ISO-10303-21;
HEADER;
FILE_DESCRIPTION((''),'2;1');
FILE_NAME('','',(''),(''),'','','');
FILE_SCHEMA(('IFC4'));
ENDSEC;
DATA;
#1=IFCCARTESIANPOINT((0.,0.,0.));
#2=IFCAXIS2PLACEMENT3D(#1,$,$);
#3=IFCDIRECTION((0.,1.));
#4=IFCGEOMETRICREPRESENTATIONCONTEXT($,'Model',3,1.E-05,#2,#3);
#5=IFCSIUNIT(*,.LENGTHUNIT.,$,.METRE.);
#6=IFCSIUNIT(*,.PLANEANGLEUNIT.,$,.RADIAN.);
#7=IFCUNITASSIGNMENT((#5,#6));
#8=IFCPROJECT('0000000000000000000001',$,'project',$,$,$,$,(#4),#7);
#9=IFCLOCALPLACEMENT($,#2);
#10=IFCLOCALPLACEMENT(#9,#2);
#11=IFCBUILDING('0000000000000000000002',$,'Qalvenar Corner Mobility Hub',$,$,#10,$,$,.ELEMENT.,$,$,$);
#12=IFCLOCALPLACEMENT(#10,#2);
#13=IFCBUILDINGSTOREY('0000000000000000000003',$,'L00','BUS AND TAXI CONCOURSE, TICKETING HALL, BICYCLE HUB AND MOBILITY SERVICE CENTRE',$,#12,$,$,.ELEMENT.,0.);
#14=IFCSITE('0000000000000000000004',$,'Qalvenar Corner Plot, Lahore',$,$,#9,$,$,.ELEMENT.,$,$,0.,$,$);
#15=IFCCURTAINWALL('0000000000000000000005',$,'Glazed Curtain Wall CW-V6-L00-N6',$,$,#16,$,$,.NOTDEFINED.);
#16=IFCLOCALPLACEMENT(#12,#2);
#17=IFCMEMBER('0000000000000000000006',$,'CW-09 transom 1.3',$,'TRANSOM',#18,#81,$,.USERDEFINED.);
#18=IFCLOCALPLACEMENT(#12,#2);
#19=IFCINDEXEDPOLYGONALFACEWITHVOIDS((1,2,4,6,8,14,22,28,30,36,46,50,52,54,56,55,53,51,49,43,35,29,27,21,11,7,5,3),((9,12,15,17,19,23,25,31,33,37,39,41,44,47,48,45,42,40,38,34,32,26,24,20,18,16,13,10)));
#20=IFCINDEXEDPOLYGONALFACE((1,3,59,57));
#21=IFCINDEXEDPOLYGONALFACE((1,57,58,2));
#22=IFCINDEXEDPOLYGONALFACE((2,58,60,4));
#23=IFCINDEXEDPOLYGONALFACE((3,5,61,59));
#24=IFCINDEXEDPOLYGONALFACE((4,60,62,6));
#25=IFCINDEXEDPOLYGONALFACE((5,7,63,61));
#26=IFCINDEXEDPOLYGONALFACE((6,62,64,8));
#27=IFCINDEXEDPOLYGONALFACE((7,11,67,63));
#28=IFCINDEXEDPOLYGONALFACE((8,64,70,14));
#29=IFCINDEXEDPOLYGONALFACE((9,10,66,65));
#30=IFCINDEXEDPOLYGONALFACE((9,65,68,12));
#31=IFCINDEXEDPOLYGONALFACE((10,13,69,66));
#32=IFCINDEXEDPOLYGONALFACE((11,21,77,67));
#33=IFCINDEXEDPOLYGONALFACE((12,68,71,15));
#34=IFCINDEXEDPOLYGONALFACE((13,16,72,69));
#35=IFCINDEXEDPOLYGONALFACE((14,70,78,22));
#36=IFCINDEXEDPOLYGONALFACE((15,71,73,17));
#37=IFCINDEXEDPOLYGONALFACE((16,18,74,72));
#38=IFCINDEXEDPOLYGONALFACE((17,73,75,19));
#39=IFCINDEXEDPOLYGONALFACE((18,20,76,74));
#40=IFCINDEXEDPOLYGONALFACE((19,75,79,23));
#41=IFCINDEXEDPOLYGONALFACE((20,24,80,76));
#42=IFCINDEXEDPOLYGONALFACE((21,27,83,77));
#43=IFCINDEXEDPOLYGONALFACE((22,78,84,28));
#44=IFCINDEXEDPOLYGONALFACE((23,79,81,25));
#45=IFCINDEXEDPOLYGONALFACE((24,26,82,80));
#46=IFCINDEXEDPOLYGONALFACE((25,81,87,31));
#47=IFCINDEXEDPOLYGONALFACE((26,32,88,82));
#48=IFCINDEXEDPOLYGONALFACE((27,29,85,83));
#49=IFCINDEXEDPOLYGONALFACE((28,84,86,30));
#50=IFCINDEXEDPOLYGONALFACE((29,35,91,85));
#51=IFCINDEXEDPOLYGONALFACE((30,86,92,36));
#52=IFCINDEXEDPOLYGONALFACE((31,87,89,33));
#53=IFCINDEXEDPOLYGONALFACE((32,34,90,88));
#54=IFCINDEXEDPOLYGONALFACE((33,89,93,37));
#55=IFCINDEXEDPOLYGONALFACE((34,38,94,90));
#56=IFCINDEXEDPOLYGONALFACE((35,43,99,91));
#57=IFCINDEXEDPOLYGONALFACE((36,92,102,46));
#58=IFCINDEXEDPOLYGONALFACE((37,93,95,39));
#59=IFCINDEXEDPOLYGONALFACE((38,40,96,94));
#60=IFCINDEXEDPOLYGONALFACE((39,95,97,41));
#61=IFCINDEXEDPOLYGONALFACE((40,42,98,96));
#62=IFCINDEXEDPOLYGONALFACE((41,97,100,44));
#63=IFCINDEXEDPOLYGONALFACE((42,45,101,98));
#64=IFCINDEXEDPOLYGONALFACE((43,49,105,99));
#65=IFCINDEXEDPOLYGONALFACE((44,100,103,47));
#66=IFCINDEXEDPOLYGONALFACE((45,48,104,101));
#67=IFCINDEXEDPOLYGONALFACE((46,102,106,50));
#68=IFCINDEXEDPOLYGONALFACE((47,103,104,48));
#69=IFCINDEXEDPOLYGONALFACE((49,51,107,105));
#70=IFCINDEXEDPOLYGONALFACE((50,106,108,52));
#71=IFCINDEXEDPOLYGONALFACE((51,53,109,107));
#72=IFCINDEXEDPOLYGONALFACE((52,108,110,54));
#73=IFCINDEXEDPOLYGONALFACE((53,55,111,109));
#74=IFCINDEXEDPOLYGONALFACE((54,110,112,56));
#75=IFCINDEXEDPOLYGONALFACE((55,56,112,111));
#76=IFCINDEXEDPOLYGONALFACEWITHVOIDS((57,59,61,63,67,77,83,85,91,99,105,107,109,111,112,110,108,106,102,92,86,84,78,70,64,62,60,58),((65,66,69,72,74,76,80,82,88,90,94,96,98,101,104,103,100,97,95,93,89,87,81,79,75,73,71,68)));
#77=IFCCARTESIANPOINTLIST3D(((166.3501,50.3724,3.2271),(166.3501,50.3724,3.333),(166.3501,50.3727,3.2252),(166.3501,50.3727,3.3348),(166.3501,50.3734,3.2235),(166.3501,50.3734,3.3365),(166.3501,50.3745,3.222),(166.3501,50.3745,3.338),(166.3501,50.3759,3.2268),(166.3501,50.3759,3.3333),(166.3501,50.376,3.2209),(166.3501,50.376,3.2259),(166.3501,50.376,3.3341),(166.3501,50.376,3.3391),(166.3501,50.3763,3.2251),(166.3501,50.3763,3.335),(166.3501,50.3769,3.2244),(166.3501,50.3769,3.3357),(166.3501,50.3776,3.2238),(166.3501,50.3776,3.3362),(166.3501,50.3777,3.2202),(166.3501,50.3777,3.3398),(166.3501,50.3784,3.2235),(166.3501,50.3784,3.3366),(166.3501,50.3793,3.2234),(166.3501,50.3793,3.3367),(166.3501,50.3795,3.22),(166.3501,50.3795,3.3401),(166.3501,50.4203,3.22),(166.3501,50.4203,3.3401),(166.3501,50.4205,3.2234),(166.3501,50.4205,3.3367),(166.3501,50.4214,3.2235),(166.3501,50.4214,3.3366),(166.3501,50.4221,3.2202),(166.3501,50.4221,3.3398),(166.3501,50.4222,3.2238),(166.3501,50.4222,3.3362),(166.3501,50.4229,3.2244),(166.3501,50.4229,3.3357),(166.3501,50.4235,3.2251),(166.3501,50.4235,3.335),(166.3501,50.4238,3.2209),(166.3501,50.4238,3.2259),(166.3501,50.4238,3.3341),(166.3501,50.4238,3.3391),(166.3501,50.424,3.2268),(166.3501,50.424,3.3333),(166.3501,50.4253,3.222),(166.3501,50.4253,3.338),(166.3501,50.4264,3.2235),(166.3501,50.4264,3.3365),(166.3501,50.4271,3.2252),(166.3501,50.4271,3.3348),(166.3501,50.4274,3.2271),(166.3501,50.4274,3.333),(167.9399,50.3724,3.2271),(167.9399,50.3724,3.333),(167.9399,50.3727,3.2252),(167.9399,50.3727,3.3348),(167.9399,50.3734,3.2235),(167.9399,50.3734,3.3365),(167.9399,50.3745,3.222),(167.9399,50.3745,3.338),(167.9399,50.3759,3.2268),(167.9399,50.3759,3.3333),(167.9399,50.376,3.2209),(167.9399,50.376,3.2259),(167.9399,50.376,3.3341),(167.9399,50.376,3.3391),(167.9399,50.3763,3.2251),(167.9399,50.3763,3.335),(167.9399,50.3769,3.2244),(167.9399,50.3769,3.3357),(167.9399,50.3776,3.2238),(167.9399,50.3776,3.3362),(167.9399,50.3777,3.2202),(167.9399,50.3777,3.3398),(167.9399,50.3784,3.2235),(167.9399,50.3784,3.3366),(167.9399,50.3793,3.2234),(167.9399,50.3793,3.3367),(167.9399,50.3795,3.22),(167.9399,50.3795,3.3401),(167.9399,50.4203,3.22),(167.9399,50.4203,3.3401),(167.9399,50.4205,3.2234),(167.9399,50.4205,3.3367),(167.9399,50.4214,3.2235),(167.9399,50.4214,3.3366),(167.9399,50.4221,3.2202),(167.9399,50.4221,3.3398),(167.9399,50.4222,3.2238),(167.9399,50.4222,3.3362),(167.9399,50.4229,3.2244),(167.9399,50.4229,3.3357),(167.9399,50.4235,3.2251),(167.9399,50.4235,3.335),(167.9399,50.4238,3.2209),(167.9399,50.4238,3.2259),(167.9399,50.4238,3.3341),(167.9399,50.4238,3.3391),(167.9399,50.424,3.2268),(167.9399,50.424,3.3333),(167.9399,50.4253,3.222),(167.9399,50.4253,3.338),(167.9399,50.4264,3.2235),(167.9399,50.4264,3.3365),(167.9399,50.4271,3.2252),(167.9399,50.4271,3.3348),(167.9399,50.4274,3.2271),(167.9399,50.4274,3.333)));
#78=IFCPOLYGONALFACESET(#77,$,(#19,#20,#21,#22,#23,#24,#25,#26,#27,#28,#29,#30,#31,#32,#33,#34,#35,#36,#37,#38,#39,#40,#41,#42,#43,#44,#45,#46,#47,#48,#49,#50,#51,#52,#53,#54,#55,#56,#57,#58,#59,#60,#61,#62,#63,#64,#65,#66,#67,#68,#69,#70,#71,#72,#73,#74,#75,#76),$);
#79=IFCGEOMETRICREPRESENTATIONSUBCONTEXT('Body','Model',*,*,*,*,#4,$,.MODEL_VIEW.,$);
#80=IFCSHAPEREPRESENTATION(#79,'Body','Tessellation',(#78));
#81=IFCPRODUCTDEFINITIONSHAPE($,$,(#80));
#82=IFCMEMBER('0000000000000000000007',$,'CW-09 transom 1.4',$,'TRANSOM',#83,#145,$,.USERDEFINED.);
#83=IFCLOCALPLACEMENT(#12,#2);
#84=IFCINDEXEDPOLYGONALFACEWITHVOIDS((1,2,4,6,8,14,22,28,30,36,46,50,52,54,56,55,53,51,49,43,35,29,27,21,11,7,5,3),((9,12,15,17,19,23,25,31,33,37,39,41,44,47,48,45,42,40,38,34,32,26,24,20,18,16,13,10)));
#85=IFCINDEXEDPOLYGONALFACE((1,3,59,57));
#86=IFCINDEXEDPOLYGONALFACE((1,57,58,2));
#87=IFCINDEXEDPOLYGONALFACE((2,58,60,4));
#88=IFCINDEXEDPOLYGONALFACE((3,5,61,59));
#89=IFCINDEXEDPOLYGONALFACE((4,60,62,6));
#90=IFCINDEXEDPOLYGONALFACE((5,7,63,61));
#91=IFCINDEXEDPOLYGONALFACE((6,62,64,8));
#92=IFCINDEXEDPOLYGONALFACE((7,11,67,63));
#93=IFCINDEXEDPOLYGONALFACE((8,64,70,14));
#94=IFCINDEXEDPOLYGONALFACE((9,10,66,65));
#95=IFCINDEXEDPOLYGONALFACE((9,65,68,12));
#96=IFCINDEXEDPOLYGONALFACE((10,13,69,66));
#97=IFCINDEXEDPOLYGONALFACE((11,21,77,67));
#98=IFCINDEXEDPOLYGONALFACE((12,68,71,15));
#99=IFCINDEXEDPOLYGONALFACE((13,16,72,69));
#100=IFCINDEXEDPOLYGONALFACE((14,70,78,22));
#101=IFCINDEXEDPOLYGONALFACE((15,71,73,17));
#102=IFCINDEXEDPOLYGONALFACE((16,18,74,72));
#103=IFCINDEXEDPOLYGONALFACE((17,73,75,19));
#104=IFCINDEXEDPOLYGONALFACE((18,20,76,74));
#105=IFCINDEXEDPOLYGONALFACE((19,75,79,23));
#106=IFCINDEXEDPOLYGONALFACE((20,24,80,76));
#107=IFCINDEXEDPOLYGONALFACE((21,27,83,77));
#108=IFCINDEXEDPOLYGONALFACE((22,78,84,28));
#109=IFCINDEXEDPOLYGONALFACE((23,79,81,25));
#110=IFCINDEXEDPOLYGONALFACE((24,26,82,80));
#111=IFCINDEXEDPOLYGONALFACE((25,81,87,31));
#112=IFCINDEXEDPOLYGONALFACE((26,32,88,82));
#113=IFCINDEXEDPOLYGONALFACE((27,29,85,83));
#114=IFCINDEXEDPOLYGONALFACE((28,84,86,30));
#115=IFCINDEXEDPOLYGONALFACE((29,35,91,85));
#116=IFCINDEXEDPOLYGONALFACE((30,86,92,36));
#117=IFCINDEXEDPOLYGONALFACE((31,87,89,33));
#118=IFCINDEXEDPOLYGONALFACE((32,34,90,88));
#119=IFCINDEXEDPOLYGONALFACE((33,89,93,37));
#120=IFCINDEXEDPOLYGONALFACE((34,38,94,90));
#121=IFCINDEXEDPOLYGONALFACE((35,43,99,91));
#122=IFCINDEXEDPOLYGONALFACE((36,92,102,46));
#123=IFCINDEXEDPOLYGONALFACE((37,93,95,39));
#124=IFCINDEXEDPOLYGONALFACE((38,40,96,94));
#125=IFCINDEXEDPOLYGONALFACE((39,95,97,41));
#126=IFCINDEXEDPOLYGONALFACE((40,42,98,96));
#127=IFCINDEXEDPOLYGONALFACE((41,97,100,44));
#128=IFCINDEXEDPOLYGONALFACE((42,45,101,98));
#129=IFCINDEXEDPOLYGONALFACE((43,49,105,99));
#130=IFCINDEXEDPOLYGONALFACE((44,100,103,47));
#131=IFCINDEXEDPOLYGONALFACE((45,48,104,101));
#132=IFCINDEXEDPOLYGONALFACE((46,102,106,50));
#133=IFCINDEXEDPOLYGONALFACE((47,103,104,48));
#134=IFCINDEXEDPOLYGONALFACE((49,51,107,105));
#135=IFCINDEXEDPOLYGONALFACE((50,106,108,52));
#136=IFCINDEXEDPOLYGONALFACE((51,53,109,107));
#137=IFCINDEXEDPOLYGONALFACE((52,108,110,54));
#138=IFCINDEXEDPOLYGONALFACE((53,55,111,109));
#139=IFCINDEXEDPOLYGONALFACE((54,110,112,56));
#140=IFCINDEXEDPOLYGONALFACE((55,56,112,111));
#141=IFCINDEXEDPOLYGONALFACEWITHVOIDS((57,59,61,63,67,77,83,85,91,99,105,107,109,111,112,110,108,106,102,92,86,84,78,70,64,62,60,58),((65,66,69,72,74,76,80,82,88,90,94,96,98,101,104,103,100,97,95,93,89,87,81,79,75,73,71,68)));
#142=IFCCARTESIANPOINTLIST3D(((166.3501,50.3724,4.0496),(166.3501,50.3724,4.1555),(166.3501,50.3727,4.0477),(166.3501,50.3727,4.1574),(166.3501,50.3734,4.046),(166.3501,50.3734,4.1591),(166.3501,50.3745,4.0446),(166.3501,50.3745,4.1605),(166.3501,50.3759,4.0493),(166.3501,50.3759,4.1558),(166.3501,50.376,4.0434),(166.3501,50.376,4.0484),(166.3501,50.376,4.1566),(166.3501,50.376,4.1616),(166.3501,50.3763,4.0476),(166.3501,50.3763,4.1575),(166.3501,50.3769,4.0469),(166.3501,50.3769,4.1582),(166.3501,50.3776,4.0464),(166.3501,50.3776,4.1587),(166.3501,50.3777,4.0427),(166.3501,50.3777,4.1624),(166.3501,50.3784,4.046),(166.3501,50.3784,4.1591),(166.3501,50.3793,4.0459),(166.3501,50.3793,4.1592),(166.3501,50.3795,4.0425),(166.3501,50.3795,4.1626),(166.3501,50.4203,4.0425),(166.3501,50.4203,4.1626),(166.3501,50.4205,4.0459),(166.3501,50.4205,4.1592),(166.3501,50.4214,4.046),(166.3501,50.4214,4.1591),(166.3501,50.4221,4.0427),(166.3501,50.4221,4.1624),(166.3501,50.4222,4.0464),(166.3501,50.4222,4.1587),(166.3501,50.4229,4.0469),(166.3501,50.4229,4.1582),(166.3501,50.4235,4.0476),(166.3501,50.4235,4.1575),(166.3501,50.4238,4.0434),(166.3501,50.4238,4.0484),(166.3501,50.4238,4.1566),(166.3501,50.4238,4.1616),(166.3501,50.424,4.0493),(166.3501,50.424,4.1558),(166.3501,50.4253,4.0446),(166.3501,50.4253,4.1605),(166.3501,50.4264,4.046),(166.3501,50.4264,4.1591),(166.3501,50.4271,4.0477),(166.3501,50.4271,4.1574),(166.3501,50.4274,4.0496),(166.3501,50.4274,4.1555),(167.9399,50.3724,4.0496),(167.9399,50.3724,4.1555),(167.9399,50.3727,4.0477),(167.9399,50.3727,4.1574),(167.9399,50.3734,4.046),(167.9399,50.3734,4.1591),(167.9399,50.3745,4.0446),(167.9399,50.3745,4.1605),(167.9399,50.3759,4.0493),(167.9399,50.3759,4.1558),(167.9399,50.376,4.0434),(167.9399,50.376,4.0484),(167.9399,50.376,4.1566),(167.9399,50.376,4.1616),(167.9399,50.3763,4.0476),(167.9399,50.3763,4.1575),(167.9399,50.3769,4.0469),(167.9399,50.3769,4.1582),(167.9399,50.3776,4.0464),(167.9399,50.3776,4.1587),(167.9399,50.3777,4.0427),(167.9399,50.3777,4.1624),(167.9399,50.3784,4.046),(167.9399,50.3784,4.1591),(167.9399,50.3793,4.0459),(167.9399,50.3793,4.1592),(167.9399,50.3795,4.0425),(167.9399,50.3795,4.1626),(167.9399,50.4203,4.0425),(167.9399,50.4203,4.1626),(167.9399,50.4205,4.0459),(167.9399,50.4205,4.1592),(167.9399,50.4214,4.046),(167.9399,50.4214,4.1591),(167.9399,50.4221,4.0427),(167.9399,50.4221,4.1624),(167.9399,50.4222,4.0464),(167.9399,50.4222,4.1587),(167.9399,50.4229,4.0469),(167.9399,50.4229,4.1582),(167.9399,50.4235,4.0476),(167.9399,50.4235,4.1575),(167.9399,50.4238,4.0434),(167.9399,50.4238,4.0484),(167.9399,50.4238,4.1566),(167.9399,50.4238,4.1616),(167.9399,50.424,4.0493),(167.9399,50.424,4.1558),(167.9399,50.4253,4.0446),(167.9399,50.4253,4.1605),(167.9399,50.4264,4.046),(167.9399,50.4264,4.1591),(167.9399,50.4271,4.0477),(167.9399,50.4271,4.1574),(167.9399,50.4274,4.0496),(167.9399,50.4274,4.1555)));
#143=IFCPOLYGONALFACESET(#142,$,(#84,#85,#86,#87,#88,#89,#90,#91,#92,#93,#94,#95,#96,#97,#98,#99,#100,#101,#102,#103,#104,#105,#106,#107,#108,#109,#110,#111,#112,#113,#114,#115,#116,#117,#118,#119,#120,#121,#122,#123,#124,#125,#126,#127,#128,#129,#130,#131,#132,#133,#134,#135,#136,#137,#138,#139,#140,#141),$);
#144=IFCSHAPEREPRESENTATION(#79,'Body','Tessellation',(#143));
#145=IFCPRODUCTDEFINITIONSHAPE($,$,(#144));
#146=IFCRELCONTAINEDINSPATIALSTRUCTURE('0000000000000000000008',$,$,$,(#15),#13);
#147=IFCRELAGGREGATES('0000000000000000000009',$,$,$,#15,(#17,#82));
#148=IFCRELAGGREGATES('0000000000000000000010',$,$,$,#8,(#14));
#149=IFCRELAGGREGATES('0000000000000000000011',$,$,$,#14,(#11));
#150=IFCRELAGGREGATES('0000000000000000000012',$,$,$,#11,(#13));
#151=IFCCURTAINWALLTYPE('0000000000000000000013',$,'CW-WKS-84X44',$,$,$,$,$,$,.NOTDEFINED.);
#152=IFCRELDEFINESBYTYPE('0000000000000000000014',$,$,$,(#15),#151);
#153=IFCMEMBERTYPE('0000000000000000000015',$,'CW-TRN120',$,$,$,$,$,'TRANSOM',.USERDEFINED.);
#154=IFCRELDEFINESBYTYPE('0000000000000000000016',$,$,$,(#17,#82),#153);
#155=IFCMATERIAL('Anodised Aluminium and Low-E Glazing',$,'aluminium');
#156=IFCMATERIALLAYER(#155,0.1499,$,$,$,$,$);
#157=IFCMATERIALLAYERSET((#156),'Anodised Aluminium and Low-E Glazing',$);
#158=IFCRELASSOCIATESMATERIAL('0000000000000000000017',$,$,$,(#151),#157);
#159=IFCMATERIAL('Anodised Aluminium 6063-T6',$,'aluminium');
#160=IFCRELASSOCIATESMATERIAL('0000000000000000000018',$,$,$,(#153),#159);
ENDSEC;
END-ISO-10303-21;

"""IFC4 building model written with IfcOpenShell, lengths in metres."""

from ifc_helpers import new_model, si_unit, direction, frame, origin, origin_2d, place, context, subcontext, project, spatial, hollow_rectangle, extrude, material, layer, layer_set, material_profile, profile_set, type_object, element, aggregate, save


model = new_model("IFC4")

# Units and contexts
model_context = context("Model", 3, precision=1e-05, world=origin(), true_north=direction((0.0, 1.0)))
body_context = subcontext(model_context, "Body", "Model", "MODEL_VIEW")
ifc_project = project(units=[si_unit("LENGTHUNIT", "METRE"), si_unit("PLANEANGLEUNIT", "RADIAN")], contexts=[model_context])

# Site, building, storey
site_placement = place(None, origin())
site = spatial("IfcSite", under=ifc_project, at=site_placement, Name="Qalvenar Corner Plot, Lahore", CompositionType="ELEMENT", RefElevation=0.0)
building_placement = place(site_placement, origin())
building = spatial("IfcBuilding", under=site, at=building_placement, Name="Qalvenar Corner Mobility Hub", CompositionType="ELEMENT")
storey_placement = place(building_placement, origin())
storey = spatial("IfcBuildingStorey", under=building, at=storey_placement, Name="L00", Description="BUS AND TAXI CONCOURSE, TICKETING HALL, BICYCLE HUB AND MOBILITY SERVICE CENTRE", CompositionType="ELEMENT", Elevation=0.0)

# Curtain wall, members
ifc_material_1 = material(Name="Anodised Aluminium and Low-E Glazing", Category="aluminium")
ifc_layer_1 = layer(ifc_material_1, 0.1499)
ifc_layer_set_1 = layer_set([ifc_layer_1], Name="Anodised Aluminium and Low-E Glazing")
curtain_wall_type = type_object("IfcCurtainWallType", Name="CW-WKS-84X44", PredefinedType="NOTDEFINED", material=ifc_layer_set_1)
curtain_wall_placement = place(storey_placement, origin())
curtain_wall = element("IfcCurtainWall", 1, at=curtain_wall_placement, inside=storey, type_object=curtain_wall_type, Name="Glazed Curtain Wall CW-V6-L00-N6", PredefinedType="NOTDEFINED")
ifc_material_2 = material(Name="Anodised Aluminium 6063-T6", Category="aluminium")
ifc_material_profile_1 = material_profile(ifc_material_2, hollow_rectangle(XDim=0.0549, YDim=0.1201, WallThickness=0.0034, InnerFilletRadius=0.0034, OuterFilletRadius=0.0071, at=origin_2d()), Name="RHS120x55x3.5")
ifc_profile_set_1 = profile_set([ifc_material_profile_1], Name="Anodised Aluminium 6063-T6")
member_type_1 = type_object("IfcMemberType", Name="CW-TRN120", ElementType="TRANSOM", PredefinedType="USERDEFINED", material=ifc_profile_set_1)
member_1_placement = place(storey_placement, frame((167.9399, 50.3999, 3.28), z_axis=(-1.0, 0.0, 0.0), x_axis=(0.0, -1.0, 0.0)))
member_1 = element("IfcMember", 2, at=member_1_placement, type_object=member_type_1, Name="CW-09 transom 1.3", ObjectType="TRANSOM", PredefinedType="USERDEFINED", context=body_context, shape_type="SweptSolid", body=[
    extrude(hollow_rectangle(XDim=0.0549, YDim=0.1201, WallThickness=0.0034, InnerFilletRadius=0.0034, OuterFilletRadius=0.0071, at=origin_2d()), origin(), (0.0, 0.0, 1.0), 1.5898),
])
member_2_placement = place(storey_placement, frame((167.9399, 50.3999, 4.1025), z_axis=(-1.0, 0.0, 0.0), x_axis=(0.0, -1.0, 0.0)))
member_2 = element("IfcMember", 3, at=member_2_placement, type_object=member_type_1, Name="CW-09 transom 1.4", ObjectType="TRANSOM", PredefinedType="USERDEFINED", context=body_context, shape_type="SweptSolid", body=[
    extrude(hollow_rectangle(XDim=0.0549, YDim=0.1201, WallThickness=0.0034, InnerFilletRadius=0.0034, OuterFilletRadius=0.0071, at=origin_2d()), origin(), (0.0, 0.0, 1.0), 1.5898),
])
aggregate(curtain_wall, [member_1, member_2])

save(model, "model.ifc")
